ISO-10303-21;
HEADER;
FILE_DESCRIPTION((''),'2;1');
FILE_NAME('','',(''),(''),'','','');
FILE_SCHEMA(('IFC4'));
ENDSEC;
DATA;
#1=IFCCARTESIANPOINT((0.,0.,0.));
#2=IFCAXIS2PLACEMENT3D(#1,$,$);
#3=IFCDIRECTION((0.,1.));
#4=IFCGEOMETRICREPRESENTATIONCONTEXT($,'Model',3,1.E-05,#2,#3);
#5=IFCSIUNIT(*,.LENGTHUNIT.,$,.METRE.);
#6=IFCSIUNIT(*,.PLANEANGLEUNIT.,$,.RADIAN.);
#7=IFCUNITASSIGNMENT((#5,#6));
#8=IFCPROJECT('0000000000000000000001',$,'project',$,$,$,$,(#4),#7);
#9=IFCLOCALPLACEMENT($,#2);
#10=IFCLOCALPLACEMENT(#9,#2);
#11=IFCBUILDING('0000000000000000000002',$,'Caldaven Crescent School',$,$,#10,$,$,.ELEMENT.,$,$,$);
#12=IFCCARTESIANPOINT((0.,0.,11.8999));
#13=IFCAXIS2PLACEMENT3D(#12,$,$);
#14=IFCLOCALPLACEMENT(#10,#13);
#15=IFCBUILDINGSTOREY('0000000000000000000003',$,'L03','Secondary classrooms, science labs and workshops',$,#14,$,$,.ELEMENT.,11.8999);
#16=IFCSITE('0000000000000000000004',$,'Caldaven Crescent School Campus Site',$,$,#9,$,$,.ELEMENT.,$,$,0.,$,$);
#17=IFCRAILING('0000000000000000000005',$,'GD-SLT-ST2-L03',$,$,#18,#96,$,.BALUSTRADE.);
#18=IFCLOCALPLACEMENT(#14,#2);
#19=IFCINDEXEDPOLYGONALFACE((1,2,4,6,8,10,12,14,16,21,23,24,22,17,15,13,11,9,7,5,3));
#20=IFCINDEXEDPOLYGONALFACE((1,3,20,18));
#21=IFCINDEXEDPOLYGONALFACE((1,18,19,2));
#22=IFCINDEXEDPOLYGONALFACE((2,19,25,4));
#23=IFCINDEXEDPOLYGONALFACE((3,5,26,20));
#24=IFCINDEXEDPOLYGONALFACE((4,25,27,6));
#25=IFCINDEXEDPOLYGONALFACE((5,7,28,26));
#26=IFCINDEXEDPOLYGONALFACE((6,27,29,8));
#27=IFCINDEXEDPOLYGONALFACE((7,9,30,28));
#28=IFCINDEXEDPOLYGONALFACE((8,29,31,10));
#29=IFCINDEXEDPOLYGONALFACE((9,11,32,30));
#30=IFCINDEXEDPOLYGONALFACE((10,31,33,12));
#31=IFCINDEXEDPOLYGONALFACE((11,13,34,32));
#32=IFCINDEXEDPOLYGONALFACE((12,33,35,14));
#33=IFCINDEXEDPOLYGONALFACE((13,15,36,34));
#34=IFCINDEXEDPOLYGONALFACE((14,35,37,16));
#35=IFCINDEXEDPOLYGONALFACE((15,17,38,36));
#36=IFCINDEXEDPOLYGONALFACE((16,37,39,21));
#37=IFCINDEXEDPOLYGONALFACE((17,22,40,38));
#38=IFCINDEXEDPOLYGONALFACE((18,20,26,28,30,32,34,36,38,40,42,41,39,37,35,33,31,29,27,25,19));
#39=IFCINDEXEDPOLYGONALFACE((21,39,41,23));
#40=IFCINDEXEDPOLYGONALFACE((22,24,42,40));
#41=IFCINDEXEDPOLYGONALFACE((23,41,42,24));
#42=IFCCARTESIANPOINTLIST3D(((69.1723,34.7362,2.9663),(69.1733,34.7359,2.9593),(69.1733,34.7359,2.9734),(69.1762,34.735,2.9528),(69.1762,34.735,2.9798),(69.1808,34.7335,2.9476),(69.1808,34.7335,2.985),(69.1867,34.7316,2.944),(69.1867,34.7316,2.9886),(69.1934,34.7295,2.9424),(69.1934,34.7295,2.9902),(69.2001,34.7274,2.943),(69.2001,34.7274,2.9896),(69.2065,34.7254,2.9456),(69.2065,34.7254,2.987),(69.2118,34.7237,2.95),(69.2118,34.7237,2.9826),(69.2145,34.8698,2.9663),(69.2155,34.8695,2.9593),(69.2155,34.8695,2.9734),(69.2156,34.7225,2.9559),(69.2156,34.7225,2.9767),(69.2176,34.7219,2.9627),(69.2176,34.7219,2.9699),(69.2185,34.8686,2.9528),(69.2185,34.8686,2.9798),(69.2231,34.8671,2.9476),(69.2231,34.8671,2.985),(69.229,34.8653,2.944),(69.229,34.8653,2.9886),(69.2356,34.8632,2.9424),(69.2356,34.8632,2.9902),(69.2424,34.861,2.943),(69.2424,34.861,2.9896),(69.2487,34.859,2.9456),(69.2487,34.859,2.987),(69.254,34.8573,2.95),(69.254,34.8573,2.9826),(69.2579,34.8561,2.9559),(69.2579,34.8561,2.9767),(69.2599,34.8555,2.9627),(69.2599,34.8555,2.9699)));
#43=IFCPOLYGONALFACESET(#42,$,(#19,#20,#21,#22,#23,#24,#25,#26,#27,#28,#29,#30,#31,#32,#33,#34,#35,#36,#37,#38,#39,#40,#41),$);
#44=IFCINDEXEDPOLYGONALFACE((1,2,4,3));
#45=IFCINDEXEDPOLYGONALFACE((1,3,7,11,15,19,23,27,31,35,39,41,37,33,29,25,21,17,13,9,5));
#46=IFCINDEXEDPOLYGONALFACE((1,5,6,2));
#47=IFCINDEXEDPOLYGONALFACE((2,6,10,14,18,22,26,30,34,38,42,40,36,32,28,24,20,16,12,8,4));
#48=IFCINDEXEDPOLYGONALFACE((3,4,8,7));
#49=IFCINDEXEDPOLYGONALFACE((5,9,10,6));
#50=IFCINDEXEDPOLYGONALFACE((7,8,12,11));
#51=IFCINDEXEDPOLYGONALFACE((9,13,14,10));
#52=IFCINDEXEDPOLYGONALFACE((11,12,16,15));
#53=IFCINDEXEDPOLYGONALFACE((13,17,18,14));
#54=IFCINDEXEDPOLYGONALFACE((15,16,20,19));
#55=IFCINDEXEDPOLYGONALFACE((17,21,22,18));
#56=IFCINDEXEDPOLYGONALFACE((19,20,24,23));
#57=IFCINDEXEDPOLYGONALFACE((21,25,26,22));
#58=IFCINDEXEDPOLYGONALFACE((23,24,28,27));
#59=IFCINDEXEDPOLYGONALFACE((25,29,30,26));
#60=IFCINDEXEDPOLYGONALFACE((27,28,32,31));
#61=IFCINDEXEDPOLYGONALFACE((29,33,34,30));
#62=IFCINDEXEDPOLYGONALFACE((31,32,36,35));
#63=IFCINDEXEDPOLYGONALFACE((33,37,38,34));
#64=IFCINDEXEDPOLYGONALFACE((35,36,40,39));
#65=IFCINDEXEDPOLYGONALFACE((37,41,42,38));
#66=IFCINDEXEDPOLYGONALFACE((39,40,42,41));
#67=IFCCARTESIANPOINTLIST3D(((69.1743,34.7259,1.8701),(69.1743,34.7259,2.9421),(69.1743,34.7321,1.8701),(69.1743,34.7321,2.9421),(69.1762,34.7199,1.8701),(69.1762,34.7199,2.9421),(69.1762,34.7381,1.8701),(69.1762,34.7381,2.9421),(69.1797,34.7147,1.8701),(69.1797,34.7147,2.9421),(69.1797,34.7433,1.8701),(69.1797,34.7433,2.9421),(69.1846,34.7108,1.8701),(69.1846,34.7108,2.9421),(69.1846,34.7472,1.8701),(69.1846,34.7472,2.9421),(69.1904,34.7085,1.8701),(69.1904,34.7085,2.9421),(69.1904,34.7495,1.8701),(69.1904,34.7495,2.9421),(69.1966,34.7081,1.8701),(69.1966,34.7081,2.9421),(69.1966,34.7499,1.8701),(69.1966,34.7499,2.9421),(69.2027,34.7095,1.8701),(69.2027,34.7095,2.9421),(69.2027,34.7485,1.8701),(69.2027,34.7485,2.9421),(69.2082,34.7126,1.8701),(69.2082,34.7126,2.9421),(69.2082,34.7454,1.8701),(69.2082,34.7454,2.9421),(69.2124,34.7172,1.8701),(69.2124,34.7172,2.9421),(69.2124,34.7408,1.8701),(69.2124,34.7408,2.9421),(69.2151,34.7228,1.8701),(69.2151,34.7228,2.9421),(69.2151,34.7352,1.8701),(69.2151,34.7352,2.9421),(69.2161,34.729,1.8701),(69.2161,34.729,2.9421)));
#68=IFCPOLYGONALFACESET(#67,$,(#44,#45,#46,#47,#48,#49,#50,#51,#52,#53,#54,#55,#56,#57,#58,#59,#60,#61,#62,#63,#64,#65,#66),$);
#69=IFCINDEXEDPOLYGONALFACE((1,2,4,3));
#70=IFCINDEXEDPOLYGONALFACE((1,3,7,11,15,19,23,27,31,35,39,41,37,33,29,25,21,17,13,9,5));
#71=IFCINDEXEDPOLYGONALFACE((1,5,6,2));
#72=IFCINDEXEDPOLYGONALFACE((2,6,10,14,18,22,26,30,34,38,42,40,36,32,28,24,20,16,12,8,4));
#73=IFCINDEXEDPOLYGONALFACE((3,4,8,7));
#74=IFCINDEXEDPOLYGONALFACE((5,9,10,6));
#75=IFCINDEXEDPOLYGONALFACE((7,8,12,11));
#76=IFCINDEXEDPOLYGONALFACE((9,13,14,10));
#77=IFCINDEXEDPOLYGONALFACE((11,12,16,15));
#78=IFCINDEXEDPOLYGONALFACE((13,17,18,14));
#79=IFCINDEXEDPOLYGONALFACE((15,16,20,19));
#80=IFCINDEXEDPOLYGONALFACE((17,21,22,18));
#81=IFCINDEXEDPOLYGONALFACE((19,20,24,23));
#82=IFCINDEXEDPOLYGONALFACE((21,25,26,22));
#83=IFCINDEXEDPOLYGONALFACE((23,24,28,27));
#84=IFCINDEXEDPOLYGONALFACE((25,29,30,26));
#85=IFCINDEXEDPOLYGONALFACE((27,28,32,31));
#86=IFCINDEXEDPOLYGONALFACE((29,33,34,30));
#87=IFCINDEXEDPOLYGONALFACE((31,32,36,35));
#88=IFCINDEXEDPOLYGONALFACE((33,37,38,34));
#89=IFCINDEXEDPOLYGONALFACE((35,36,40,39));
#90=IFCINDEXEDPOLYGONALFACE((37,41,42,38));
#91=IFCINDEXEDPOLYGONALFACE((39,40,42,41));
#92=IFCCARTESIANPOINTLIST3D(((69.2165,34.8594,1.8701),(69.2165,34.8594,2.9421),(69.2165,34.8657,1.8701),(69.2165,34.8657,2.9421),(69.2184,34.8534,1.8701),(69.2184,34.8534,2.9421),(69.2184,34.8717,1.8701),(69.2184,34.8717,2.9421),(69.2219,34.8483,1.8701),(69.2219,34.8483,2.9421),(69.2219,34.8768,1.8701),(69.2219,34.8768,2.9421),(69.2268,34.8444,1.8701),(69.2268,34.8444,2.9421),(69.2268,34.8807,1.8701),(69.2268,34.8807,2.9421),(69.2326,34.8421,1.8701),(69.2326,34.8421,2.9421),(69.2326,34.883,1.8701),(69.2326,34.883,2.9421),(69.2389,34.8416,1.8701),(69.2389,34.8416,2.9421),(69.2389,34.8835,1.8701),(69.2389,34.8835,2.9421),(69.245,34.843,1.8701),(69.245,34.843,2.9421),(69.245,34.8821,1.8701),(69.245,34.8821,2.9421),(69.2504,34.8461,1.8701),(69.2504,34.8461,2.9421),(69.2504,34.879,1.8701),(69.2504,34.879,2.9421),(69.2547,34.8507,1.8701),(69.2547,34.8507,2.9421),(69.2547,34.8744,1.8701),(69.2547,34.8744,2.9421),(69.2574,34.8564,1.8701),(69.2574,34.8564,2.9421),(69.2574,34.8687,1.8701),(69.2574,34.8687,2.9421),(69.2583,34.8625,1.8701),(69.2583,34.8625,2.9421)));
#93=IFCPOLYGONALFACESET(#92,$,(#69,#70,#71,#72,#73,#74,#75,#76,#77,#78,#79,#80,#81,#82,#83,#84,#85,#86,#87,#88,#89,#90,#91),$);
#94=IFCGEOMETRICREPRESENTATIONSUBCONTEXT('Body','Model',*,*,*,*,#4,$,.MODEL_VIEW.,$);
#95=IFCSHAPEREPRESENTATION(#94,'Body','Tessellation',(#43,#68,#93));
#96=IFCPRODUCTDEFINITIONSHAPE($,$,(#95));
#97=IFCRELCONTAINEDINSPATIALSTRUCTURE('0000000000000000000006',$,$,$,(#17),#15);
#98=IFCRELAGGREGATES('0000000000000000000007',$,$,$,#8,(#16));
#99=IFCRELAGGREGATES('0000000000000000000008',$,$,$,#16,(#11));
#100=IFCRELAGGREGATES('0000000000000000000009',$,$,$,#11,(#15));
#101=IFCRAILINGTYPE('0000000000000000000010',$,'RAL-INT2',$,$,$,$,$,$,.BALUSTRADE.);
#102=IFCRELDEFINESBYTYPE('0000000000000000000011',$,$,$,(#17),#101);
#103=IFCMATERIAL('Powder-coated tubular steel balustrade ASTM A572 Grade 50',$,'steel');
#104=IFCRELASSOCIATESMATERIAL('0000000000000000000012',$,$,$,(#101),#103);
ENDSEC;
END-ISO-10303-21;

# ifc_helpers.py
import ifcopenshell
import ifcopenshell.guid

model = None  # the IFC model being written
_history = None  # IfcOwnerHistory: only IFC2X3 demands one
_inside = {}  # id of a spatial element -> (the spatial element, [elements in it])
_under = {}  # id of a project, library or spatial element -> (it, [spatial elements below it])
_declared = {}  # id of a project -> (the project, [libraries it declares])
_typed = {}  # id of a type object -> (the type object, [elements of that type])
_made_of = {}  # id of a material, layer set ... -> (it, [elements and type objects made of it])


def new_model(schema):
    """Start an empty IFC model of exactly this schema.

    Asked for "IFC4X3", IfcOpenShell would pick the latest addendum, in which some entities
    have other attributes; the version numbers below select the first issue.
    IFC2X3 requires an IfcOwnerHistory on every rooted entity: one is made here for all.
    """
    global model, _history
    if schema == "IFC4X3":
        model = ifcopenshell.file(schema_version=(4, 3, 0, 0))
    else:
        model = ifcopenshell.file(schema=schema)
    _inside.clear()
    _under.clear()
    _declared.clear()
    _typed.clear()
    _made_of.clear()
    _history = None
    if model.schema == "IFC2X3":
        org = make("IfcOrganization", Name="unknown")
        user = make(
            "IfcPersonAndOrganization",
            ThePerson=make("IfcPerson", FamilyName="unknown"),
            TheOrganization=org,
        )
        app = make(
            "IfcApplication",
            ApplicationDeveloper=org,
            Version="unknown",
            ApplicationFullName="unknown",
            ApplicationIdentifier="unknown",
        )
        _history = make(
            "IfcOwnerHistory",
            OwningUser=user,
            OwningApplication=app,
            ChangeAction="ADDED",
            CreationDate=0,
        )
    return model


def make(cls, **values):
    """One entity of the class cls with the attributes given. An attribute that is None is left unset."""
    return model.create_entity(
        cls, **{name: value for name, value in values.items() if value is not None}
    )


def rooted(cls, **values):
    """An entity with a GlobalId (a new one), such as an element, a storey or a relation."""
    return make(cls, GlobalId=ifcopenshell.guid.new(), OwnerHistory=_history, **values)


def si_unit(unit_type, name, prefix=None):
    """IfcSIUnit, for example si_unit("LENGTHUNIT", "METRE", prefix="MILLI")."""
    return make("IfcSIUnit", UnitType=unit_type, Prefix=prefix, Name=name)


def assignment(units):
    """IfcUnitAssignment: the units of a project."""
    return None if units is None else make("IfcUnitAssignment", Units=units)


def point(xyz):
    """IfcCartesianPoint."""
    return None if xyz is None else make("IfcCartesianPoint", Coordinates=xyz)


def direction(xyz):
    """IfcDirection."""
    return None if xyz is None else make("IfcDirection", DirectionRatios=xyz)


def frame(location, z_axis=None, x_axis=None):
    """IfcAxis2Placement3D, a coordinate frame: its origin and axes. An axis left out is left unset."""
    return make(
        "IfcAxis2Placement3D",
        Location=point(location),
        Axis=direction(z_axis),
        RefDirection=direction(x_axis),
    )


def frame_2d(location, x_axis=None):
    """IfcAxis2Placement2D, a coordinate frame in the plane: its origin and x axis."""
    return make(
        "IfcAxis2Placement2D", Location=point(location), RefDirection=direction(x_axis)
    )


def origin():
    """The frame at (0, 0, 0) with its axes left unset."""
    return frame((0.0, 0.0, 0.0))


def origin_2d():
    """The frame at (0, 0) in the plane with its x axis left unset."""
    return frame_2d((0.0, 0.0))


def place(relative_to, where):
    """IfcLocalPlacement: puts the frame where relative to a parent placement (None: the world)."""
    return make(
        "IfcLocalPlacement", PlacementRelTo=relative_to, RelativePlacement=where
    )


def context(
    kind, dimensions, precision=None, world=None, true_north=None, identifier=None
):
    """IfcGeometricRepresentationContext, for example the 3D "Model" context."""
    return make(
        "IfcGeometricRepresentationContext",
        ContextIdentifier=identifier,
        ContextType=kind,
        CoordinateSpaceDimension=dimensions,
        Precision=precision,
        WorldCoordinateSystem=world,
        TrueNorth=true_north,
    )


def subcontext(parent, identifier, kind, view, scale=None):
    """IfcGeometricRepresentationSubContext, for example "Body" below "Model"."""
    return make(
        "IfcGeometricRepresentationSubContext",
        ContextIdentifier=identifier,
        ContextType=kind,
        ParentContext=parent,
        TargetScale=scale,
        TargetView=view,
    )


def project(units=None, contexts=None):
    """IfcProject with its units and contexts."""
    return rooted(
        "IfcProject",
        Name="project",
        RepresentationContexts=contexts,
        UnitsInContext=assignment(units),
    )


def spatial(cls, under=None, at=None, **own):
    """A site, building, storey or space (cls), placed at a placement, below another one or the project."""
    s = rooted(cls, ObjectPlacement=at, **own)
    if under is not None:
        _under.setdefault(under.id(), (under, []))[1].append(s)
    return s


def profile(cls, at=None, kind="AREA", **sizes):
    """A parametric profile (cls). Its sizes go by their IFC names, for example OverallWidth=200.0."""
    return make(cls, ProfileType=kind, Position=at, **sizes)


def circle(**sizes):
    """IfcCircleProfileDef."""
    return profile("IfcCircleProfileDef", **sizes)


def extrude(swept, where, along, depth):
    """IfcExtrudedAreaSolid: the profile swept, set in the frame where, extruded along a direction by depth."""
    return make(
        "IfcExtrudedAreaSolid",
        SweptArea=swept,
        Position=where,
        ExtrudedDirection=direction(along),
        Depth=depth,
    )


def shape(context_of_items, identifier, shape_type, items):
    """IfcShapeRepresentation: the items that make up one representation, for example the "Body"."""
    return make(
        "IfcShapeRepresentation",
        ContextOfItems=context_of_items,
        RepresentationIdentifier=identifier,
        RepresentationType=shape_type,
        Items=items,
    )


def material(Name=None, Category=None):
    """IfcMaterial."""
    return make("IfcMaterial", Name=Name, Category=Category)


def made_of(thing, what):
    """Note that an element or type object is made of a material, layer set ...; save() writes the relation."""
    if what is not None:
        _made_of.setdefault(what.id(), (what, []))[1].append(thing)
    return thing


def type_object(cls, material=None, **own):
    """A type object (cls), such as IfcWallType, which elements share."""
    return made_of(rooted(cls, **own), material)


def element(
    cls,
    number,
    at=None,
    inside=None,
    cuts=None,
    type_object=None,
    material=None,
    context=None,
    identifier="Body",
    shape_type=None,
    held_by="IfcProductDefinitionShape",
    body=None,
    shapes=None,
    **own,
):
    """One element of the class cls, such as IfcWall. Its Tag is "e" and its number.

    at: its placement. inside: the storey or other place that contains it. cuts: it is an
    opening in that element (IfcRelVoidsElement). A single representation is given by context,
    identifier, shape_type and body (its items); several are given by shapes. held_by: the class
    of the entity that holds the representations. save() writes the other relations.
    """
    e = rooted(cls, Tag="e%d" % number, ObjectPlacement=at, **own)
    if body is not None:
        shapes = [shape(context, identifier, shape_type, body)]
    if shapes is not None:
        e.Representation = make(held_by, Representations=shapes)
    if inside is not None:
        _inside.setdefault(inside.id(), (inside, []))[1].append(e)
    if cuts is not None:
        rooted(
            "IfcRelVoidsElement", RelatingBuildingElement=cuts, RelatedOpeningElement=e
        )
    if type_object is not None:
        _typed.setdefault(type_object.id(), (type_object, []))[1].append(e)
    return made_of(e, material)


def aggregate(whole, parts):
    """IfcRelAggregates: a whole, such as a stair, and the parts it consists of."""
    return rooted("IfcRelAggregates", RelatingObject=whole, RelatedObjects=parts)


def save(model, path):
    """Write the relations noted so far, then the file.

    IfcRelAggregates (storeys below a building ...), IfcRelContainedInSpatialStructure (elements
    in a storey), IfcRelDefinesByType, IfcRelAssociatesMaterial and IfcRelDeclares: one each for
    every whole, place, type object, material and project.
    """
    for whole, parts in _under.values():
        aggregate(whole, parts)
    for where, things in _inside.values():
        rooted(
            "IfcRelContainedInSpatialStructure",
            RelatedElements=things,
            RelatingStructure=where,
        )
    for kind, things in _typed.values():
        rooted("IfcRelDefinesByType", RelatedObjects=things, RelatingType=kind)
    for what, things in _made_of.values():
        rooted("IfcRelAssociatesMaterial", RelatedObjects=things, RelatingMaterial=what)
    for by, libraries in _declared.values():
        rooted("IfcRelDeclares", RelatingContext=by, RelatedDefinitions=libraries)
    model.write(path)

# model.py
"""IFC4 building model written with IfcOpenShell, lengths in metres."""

from ifc_helpers import new_model, si_unit, direction, frame, origin, origin_2d, place, context, subcontext, project, spatial, circle, extrude, material, type_object, element, save


model = new_model("IFC4")

# Units and contexts
model_context = context("Model", 3, precision=1e-05, world=origin(), true_north=direction((0.0, 1.0)))
body_context = subcontext(model_context, "Body", "Model", "MODEL_VIEW")
ifc_project = project(units=[si_unit("LENGTHUNIT", "METRE"), si_unit("PLANEANGLEUNIT", "RADIAN")], contexts=[model_context])

# Site, building, storey
site_placement = place(None, origin())
site = spatial("IfcSite", under=ifc_project, at=site_placement, Name="Caldaven Crescent School Campus Site", CompositionType="ELEMENT", RefElevation=0.0)
building_placement = place(site_placement, origin())
building = spatial("IfcBuilding", under=site, at=building_placement, Name="Caldaven Crescent School", CompositionType="ELEMENT")
storey_placement = place(building_placement, frame((0.0, 0.0, 11.8999)))
storey = spatial("IfcBuildingStorey", under=building, at=storey_placement, Name="L03", Description="Secondary classrooms, science labs and workshops", CompositionType="ELEMENT", Elevation=11.8999)

# Railing
ifc_material_1 = material(Name="Powder-coated tubular steel balustrade ASTM A572 Grade 50", Category="steel")
railing_type_1 = type_object("IfcRailingType", Name="RAL-INT2", PredefinedType="BALUSTRADE", material=ifc_material_1)
railing_1_placement = place(storey_placement, frame((69.1951, 34.729, 1.8701)))
element("IfcRailing", 1, at=railing_1_placement, inside=storey, type_object=railing_type_1, Name="GD-SLT-ST2-L03", PredefinedType="BALUSTRADE", context=body_context, shape_type="SweptSolid", body=[
    extrude(circle(Radius=0.0239, at=origin_2d()), frame((0.0, 0.0, 1.0962), z_axis=(0.301548, 0.953451, 0.0), x_axis=(-0.953451, 0.301548, 0.0)), (0.0, 0.0, 1.0), 0.1401),
    extrude(circle(Radius=0.021, at=origin_2d()), origin(), (0.0, 0.0, 1.0), 1.072),
    extrude(circle(Radius=0.021, at=origin_2d()), frame((0.0422, 0.1335, 0.0)), (0.0, 0.0, 1.0), 1.072),
])

save(model, "model.ifc")
